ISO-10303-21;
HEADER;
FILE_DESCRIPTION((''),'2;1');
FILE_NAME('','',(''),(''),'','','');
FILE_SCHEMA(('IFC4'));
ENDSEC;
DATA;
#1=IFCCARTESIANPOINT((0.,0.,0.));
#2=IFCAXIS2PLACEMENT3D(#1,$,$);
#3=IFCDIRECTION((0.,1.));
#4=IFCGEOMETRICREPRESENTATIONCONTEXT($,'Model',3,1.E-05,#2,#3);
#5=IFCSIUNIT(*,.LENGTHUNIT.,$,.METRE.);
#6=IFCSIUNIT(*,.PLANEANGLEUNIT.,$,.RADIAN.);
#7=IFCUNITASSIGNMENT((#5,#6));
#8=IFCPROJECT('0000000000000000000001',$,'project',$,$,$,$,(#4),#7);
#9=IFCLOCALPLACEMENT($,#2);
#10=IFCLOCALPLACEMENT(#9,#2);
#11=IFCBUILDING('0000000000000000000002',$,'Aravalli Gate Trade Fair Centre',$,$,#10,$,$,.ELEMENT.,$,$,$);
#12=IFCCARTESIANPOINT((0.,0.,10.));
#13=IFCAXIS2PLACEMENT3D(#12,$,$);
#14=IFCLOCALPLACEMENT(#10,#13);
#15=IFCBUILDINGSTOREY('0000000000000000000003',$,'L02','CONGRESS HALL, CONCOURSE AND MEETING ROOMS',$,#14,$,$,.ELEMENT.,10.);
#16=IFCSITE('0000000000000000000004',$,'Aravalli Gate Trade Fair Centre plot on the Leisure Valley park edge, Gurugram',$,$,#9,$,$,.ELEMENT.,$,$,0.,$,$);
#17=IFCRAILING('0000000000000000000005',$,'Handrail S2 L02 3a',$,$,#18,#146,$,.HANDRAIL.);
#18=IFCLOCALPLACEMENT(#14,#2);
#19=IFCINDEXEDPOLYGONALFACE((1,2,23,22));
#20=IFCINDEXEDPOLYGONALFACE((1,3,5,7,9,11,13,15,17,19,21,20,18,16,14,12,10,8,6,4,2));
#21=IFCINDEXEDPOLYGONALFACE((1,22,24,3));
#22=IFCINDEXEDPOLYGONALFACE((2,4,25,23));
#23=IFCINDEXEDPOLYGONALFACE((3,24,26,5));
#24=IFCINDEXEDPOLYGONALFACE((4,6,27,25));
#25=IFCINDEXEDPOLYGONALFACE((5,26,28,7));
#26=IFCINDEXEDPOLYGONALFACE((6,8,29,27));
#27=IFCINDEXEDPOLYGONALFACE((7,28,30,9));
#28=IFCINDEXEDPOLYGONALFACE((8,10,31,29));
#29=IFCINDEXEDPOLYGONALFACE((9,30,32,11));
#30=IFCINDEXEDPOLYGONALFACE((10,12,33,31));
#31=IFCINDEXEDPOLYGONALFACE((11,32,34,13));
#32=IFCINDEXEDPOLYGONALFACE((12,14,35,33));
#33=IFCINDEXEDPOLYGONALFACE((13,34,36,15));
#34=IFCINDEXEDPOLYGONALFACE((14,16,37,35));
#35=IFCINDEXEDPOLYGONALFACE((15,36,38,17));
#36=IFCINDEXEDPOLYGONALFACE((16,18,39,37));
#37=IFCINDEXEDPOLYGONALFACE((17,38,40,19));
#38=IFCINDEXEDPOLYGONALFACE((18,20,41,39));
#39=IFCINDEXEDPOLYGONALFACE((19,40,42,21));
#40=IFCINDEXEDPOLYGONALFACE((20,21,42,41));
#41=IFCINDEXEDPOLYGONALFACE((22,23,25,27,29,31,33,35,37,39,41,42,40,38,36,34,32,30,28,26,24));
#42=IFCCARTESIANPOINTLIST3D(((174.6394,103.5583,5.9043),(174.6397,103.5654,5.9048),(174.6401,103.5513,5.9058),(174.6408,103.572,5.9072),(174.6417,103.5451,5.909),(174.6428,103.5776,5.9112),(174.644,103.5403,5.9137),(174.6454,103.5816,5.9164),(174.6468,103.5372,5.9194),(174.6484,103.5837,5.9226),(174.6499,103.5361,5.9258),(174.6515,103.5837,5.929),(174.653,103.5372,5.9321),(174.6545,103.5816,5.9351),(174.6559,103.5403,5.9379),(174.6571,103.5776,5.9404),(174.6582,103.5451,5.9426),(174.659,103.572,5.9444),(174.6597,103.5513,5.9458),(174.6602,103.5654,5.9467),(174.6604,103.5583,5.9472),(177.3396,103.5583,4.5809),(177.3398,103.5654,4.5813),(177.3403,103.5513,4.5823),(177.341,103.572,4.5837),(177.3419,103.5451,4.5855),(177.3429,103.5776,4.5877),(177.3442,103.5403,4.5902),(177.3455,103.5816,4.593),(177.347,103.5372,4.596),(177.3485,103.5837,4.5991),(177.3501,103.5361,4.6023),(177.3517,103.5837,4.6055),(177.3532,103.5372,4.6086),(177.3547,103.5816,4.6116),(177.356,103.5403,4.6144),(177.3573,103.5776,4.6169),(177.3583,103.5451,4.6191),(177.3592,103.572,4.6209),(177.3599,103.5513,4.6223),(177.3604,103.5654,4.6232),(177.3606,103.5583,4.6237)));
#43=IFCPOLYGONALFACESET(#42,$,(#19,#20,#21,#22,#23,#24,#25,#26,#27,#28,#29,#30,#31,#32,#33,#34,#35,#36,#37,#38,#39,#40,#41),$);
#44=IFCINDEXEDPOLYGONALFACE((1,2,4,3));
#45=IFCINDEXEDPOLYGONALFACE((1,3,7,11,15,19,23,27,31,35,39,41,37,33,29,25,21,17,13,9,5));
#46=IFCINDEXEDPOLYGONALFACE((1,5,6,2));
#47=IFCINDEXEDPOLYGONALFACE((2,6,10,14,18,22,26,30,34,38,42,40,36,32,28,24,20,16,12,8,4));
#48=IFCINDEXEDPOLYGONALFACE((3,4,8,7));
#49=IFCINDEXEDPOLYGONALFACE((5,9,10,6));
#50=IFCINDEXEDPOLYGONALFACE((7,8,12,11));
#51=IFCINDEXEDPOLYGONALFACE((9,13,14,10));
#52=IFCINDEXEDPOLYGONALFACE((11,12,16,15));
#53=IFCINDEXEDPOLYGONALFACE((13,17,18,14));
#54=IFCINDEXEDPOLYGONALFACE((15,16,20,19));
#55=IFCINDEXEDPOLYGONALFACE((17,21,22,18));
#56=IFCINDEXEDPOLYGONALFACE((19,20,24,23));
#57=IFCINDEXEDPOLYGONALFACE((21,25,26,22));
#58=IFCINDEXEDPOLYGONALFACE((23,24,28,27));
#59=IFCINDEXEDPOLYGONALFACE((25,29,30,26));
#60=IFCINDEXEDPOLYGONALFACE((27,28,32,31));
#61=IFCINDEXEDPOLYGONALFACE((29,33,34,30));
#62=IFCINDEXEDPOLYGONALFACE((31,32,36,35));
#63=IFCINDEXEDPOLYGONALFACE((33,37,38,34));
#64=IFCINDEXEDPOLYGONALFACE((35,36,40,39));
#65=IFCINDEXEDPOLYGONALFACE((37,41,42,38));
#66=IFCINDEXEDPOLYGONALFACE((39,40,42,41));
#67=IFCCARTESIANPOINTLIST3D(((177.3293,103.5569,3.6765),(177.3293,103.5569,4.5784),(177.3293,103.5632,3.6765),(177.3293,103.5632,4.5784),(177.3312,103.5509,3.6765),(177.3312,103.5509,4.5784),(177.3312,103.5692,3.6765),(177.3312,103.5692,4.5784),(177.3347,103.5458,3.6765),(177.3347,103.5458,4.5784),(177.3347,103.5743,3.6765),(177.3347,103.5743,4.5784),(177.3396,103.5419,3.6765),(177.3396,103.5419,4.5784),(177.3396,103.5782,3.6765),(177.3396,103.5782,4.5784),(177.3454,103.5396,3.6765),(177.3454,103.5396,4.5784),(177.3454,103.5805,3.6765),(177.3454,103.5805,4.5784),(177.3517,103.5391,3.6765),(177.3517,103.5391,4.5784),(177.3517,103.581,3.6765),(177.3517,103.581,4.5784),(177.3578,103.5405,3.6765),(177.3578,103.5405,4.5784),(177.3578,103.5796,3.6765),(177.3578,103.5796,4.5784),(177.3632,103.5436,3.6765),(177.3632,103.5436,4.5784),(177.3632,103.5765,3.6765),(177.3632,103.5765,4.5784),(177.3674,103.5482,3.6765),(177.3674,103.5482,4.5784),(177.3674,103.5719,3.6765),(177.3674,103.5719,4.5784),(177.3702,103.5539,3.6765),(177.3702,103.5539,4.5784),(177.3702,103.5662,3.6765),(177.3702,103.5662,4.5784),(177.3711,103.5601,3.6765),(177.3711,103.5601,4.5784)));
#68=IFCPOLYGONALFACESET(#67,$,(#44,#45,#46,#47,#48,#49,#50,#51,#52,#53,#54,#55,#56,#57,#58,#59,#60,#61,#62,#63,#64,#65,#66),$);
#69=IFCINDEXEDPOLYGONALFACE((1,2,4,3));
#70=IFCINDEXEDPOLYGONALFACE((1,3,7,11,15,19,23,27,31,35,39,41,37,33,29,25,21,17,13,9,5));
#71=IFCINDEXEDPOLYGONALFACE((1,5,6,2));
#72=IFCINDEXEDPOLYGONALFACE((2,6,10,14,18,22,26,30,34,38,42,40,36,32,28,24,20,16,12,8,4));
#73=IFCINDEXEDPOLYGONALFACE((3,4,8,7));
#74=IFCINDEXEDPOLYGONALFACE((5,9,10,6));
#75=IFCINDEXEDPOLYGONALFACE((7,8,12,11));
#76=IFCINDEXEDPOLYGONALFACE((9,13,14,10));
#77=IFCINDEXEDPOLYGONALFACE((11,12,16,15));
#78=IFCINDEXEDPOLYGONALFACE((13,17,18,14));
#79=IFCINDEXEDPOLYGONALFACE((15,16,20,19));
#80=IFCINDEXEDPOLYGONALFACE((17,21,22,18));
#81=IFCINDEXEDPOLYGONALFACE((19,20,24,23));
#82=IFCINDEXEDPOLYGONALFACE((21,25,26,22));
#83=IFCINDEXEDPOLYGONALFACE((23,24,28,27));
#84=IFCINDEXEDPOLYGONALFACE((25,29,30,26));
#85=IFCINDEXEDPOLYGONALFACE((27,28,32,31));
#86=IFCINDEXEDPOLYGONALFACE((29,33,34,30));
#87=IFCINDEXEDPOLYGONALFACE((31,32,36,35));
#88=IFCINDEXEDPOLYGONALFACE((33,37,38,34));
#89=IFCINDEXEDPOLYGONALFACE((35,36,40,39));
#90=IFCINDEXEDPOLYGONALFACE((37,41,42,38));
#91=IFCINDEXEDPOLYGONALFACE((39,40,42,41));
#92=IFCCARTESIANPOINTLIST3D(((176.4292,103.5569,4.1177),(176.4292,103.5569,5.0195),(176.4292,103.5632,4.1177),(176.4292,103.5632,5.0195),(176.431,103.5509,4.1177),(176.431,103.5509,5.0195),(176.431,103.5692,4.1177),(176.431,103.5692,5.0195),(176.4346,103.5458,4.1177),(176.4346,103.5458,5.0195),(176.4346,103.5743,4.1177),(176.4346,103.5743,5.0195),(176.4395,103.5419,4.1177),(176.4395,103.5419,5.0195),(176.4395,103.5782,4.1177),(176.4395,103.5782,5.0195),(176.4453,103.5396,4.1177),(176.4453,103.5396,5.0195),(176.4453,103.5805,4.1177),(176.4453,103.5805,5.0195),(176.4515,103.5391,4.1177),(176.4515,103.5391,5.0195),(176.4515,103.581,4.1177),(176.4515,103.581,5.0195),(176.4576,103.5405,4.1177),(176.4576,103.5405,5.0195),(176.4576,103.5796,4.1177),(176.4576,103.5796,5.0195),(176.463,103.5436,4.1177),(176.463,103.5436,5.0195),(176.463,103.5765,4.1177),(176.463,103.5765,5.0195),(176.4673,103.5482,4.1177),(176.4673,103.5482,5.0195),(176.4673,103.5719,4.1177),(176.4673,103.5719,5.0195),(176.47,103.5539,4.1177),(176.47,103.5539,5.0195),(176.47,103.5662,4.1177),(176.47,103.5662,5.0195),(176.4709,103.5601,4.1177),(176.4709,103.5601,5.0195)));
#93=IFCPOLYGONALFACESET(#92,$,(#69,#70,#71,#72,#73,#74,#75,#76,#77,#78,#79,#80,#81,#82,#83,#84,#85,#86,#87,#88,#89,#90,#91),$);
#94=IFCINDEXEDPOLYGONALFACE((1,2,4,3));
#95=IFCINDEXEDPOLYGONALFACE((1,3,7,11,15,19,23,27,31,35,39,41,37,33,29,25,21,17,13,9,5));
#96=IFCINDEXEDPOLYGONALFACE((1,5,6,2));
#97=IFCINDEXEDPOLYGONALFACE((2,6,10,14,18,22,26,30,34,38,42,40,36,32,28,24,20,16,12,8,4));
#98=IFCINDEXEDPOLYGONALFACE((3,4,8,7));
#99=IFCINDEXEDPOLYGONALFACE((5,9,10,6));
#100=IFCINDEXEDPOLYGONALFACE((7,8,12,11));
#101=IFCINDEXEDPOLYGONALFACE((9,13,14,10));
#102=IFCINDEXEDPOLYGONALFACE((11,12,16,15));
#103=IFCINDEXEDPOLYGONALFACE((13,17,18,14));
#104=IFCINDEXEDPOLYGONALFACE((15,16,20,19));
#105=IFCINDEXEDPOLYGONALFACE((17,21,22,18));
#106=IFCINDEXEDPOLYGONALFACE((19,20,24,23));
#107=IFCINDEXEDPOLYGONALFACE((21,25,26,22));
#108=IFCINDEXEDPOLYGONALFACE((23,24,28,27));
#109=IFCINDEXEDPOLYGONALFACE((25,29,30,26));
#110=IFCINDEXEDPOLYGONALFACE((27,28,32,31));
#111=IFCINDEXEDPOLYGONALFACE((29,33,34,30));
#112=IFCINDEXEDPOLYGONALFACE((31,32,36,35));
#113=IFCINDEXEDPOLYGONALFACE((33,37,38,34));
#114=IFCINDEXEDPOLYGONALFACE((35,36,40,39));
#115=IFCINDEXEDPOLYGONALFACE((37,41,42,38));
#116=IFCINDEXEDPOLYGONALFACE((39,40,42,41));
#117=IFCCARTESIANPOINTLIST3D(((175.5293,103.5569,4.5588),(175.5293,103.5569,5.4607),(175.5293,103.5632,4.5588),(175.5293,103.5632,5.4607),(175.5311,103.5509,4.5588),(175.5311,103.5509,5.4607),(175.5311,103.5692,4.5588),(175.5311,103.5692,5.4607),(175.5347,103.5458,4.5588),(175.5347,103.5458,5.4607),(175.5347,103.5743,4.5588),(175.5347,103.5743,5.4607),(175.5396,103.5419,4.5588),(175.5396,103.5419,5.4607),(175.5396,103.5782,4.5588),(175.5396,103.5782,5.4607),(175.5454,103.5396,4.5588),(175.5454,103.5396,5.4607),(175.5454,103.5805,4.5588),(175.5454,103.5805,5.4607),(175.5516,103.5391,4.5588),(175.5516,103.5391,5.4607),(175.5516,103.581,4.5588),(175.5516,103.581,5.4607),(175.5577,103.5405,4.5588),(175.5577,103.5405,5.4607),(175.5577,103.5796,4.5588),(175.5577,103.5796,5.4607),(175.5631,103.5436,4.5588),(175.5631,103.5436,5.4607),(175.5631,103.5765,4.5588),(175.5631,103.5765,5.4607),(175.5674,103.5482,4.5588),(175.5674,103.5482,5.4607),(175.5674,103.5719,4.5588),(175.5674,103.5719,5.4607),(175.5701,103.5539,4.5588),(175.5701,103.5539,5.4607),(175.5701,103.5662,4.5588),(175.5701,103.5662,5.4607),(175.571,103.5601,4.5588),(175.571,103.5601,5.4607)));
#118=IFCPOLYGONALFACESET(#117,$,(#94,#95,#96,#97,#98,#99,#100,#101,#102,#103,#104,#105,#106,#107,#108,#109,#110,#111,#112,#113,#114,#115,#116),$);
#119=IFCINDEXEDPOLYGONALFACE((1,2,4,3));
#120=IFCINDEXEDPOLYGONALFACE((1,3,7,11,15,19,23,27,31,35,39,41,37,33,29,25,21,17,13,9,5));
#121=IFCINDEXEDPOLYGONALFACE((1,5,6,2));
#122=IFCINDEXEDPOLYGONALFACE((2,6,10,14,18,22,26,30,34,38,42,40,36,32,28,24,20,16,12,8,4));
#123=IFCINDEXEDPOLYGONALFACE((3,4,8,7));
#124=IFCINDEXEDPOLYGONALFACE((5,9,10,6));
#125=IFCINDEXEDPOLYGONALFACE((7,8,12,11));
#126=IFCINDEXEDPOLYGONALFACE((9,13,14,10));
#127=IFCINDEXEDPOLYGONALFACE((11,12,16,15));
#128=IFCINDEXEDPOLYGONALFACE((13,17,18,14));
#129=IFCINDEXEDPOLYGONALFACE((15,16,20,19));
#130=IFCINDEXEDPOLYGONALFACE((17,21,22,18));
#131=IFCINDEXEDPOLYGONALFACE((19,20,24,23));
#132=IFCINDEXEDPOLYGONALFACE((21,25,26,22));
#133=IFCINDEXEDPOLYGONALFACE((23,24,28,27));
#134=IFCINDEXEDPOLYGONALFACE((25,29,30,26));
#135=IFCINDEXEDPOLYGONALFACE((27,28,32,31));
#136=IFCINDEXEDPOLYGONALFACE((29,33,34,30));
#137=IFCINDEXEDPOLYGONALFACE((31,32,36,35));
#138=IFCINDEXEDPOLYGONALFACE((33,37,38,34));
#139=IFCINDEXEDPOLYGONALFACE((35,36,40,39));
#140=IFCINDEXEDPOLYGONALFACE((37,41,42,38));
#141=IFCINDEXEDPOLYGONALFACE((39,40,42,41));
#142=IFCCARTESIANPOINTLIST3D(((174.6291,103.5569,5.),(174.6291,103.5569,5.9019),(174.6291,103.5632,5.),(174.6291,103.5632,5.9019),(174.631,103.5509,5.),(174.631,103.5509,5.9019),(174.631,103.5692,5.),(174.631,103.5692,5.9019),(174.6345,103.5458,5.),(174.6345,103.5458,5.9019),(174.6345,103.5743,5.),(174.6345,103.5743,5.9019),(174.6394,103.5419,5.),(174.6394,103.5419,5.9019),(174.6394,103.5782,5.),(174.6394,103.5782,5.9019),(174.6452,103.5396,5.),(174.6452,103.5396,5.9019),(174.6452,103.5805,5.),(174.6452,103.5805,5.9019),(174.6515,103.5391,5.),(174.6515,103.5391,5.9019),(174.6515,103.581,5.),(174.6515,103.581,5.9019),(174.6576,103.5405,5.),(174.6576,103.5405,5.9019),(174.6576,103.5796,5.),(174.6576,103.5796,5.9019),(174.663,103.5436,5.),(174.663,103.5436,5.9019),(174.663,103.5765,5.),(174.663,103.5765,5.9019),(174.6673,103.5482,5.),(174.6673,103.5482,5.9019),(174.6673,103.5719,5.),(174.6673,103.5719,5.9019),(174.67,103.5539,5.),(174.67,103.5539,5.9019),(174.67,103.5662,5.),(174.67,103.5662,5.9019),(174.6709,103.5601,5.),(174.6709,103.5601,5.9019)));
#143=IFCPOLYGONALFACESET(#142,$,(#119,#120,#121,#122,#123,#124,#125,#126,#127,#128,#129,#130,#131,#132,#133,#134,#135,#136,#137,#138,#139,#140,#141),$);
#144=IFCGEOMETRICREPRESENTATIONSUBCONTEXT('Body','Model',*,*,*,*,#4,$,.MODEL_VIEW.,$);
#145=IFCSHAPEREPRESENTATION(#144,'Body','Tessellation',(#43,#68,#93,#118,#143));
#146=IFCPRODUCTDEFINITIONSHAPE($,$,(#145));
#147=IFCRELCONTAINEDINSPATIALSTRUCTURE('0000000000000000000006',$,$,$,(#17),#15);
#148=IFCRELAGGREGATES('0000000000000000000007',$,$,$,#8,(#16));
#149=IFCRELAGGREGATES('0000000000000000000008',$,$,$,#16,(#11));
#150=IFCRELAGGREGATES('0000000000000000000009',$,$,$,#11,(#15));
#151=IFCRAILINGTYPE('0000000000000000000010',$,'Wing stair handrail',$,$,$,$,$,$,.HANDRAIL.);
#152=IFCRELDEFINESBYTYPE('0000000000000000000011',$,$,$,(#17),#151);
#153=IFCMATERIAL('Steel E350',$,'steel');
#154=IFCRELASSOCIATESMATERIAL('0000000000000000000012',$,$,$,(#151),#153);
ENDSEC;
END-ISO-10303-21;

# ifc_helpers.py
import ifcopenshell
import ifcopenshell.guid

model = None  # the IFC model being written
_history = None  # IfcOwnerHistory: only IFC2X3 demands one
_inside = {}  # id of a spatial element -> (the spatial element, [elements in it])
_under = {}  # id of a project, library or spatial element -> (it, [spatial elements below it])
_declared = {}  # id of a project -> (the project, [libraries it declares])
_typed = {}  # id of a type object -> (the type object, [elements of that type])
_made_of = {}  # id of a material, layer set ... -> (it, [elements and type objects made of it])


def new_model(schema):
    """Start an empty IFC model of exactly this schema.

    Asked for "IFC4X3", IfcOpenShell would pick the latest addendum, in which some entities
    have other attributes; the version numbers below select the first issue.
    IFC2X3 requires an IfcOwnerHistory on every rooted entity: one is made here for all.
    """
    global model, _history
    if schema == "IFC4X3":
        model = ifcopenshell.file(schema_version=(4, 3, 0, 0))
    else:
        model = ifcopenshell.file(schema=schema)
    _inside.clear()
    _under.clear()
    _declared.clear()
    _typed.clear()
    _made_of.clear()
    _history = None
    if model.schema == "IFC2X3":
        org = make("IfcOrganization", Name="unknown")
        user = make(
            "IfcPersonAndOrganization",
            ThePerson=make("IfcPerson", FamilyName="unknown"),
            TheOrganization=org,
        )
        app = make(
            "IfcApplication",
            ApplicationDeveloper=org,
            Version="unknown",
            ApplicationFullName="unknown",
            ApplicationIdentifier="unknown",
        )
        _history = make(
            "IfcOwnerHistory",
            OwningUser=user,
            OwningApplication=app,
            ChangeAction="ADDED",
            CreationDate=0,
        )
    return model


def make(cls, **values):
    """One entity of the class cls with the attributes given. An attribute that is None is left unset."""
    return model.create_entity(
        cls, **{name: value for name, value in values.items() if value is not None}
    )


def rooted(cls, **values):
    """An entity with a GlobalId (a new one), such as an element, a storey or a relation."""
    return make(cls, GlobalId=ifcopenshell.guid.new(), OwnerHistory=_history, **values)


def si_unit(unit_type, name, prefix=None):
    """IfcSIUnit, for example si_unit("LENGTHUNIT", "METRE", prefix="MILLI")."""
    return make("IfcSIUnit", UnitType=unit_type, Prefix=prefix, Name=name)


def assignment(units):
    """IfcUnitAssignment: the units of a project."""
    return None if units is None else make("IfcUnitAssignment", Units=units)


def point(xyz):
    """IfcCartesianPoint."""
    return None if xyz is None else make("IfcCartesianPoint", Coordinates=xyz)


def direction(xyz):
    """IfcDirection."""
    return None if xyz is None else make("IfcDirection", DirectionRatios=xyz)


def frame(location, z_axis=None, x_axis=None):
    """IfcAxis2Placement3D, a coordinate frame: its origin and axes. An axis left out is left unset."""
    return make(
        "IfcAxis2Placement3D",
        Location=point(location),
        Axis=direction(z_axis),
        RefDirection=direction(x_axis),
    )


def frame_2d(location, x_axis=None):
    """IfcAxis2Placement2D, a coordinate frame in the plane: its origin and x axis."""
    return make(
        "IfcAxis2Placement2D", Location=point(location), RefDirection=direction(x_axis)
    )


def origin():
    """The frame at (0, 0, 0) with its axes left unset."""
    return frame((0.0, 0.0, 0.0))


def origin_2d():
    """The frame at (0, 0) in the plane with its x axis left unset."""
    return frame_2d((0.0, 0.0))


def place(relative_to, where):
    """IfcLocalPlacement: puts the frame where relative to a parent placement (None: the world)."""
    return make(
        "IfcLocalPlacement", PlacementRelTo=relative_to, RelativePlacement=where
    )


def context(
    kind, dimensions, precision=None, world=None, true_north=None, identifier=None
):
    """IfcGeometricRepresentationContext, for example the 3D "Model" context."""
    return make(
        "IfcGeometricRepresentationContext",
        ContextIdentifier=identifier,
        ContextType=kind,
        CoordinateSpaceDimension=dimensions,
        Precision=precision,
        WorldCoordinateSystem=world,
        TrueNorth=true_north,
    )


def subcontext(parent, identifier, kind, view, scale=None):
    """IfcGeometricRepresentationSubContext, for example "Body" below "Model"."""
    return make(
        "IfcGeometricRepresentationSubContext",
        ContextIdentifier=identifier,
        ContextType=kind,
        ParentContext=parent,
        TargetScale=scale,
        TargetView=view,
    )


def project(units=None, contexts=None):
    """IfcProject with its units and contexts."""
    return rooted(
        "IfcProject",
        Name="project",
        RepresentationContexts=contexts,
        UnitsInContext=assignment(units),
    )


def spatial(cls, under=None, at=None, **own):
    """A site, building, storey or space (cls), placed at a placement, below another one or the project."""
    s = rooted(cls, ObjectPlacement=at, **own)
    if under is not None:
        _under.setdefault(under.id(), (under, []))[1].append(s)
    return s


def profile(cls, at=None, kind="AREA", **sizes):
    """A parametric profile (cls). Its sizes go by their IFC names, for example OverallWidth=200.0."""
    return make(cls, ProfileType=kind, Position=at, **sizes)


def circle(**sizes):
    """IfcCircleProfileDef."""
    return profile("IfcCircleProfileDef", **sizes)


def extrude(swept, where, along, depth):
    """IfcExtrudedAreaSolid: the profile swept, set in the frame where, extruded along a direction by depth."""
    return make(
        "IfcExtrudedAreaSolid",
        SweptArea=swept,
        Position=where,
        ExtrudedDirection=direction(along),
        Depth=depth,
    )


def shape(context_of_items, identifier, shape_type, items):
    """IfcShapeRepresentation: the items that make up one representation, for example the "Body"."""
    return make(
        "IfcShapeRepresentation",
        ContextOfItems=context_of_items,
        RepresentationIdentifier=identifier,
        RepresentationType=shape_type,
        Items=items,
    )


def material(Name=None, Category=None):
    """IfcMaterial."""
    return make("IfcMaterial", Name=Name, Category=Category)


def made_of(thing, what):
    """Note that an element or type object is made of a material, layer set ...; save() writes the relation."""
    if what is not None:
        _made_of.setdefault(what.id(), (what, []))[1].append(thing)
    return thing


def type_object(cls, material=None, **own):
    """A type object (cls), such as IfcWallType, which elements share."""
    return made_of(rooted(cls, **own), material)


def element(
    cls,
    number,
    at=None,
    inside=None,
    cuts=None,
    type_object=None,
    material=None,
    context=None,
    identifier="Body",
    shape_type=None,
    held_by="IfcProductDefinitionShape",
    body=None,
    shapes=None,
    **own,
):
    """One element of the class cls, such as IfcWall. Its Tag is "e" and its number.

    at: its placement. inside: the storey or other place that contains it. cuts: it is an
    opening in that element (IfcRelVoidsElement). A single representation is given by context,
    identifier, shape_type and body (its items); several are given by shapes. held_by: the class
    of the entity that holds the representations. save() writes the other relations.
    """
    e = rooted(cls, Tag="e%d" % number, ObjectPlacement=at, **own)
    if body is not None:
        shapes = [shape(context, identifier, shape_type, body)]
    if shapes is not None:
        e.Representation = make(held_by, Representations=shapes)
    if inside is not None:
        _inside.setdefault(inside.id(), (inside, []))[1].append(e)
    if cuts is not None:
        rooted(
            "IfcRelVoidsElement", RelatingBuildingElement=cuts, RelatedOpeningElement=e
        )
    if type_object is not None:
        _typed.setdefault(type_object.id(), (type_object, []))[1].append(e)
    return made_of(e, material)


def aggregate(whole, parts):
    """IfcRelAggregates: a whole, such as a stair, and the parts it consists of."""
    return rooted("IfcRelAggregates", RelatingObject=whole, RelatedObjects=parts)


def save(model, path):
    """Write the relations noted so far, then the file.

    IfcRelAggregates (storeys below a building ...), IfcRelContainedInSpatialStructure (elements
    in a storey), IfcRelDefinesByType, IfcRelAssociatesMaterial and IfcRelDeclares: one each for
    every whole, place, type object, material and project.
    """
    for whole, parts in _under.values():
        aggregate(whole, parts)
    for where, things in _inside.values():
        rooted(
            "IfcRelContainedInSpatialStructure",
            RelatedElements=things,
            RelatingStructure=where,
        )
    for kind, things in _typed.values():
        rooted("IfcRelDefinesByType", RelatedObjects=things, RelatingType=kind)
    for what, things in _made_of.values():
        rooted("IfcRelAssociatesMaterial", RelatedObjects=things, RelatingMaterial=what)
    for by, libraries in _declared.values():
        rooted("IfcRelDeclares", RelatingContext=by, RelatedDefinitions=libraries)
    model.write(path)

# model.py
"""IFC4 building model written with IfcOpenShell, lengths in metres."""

from ifc_helpers import new_model, si_unit, direction, frame, origin, origin_2d, place, context, subcontext, project, spatial, circle, extrude, material, type_object, element, save


model = new_model("IFC4")

# Units and contexts
model_context = context("Model", 3, precision=1e-05, world=origin(), true_north=direction((0.0, 1.0)))
body_context = subcontext(model_context, "Body", "Model", "MODEL_VIEW")
ifc_project = project(units=[si_unit("LENGTHUNIT", "METRE"), si_unit("PLANEANGLEUNIT", "RADIAN")], contexts=[model_context])

# Site, building, storey
site_placement = place(None, origin())
site = spatial("IfcSite", under=ifc_project, at=site_placement, Name="Aravalli Gate Trade Fair Centre plot on the Leisure Valley park edge, Gurugram", CompositionType="ELEMENT", RefElevation=0.0)
building_placement = place(site_placement, origin())
building = spatial("IfcBuilding", under=site, at=building_placement, Name="Aravalli Gate Trade Fair Centre", CompositionType="ELEMENT")
storey_placement = place(building_placement, frame((0.0, 0.0, 10.0)))
storey = spatial("IfcBuildingStorey", under=building, at=storey_placement, Name="L02", Description="CONGRESS HALL, CONCOURSE AND MEETING ROOMS", CompositionType="ELEMENT", Elevation=10.0)

# Shared definitions
ifc_material_1 = material(Name="Steel E350", Category="steel")

# Railing
railing_type = type_object("IfcRailingType", Name="Wing stair handrail", PredefinedType="HANDRAIL", material=ifc_material_1)
railing_1_placement = place(storey_placement, frame((177.3501, 103.5601, 3.6765)))
element("IfcRailing", 1, at=railing_1_placement, inside=storey, type_object=railing_type, Name="Handrail S2 L02 3a", PredefinedType="HANDRAIL", context=body_context, shape_type="SweptSolid", body=[
    extrude(circle(Radius=0.0239, at=origin_2d()), frame((0.0, 0.0, 0.9258), z_axis=(-0.897939, 0.0, 0.44012), x_axis=(0.0, -1.0, 0.0)), (0.0, 0.0, 1.0), 3.0071),
    extrude(circle(Radius=0.021, at=origin_2d()), origin(), (0.0, 0.0, 1.0), 0.9019),
    extrude(circle(Radius=0.021, at=origin_2d()), frame((-0.9001, 0.0, 0.4412)), (0.0, 0.0, 1.0), 0.9019),
    extrude(circle(Radius=0.021, at=origin_2d()), frame((-1.8, 0.0, 0.8823)), (0.0, 0.0, 1.0), 0.9019),
    extrude(circle(Radius=0.021, at=origin_2d()), frame((-2.7002, 0.0, 1.3235)), (0.0, 0.0, 1.0), 0.9019),
])

save(model, "model.ifc")
